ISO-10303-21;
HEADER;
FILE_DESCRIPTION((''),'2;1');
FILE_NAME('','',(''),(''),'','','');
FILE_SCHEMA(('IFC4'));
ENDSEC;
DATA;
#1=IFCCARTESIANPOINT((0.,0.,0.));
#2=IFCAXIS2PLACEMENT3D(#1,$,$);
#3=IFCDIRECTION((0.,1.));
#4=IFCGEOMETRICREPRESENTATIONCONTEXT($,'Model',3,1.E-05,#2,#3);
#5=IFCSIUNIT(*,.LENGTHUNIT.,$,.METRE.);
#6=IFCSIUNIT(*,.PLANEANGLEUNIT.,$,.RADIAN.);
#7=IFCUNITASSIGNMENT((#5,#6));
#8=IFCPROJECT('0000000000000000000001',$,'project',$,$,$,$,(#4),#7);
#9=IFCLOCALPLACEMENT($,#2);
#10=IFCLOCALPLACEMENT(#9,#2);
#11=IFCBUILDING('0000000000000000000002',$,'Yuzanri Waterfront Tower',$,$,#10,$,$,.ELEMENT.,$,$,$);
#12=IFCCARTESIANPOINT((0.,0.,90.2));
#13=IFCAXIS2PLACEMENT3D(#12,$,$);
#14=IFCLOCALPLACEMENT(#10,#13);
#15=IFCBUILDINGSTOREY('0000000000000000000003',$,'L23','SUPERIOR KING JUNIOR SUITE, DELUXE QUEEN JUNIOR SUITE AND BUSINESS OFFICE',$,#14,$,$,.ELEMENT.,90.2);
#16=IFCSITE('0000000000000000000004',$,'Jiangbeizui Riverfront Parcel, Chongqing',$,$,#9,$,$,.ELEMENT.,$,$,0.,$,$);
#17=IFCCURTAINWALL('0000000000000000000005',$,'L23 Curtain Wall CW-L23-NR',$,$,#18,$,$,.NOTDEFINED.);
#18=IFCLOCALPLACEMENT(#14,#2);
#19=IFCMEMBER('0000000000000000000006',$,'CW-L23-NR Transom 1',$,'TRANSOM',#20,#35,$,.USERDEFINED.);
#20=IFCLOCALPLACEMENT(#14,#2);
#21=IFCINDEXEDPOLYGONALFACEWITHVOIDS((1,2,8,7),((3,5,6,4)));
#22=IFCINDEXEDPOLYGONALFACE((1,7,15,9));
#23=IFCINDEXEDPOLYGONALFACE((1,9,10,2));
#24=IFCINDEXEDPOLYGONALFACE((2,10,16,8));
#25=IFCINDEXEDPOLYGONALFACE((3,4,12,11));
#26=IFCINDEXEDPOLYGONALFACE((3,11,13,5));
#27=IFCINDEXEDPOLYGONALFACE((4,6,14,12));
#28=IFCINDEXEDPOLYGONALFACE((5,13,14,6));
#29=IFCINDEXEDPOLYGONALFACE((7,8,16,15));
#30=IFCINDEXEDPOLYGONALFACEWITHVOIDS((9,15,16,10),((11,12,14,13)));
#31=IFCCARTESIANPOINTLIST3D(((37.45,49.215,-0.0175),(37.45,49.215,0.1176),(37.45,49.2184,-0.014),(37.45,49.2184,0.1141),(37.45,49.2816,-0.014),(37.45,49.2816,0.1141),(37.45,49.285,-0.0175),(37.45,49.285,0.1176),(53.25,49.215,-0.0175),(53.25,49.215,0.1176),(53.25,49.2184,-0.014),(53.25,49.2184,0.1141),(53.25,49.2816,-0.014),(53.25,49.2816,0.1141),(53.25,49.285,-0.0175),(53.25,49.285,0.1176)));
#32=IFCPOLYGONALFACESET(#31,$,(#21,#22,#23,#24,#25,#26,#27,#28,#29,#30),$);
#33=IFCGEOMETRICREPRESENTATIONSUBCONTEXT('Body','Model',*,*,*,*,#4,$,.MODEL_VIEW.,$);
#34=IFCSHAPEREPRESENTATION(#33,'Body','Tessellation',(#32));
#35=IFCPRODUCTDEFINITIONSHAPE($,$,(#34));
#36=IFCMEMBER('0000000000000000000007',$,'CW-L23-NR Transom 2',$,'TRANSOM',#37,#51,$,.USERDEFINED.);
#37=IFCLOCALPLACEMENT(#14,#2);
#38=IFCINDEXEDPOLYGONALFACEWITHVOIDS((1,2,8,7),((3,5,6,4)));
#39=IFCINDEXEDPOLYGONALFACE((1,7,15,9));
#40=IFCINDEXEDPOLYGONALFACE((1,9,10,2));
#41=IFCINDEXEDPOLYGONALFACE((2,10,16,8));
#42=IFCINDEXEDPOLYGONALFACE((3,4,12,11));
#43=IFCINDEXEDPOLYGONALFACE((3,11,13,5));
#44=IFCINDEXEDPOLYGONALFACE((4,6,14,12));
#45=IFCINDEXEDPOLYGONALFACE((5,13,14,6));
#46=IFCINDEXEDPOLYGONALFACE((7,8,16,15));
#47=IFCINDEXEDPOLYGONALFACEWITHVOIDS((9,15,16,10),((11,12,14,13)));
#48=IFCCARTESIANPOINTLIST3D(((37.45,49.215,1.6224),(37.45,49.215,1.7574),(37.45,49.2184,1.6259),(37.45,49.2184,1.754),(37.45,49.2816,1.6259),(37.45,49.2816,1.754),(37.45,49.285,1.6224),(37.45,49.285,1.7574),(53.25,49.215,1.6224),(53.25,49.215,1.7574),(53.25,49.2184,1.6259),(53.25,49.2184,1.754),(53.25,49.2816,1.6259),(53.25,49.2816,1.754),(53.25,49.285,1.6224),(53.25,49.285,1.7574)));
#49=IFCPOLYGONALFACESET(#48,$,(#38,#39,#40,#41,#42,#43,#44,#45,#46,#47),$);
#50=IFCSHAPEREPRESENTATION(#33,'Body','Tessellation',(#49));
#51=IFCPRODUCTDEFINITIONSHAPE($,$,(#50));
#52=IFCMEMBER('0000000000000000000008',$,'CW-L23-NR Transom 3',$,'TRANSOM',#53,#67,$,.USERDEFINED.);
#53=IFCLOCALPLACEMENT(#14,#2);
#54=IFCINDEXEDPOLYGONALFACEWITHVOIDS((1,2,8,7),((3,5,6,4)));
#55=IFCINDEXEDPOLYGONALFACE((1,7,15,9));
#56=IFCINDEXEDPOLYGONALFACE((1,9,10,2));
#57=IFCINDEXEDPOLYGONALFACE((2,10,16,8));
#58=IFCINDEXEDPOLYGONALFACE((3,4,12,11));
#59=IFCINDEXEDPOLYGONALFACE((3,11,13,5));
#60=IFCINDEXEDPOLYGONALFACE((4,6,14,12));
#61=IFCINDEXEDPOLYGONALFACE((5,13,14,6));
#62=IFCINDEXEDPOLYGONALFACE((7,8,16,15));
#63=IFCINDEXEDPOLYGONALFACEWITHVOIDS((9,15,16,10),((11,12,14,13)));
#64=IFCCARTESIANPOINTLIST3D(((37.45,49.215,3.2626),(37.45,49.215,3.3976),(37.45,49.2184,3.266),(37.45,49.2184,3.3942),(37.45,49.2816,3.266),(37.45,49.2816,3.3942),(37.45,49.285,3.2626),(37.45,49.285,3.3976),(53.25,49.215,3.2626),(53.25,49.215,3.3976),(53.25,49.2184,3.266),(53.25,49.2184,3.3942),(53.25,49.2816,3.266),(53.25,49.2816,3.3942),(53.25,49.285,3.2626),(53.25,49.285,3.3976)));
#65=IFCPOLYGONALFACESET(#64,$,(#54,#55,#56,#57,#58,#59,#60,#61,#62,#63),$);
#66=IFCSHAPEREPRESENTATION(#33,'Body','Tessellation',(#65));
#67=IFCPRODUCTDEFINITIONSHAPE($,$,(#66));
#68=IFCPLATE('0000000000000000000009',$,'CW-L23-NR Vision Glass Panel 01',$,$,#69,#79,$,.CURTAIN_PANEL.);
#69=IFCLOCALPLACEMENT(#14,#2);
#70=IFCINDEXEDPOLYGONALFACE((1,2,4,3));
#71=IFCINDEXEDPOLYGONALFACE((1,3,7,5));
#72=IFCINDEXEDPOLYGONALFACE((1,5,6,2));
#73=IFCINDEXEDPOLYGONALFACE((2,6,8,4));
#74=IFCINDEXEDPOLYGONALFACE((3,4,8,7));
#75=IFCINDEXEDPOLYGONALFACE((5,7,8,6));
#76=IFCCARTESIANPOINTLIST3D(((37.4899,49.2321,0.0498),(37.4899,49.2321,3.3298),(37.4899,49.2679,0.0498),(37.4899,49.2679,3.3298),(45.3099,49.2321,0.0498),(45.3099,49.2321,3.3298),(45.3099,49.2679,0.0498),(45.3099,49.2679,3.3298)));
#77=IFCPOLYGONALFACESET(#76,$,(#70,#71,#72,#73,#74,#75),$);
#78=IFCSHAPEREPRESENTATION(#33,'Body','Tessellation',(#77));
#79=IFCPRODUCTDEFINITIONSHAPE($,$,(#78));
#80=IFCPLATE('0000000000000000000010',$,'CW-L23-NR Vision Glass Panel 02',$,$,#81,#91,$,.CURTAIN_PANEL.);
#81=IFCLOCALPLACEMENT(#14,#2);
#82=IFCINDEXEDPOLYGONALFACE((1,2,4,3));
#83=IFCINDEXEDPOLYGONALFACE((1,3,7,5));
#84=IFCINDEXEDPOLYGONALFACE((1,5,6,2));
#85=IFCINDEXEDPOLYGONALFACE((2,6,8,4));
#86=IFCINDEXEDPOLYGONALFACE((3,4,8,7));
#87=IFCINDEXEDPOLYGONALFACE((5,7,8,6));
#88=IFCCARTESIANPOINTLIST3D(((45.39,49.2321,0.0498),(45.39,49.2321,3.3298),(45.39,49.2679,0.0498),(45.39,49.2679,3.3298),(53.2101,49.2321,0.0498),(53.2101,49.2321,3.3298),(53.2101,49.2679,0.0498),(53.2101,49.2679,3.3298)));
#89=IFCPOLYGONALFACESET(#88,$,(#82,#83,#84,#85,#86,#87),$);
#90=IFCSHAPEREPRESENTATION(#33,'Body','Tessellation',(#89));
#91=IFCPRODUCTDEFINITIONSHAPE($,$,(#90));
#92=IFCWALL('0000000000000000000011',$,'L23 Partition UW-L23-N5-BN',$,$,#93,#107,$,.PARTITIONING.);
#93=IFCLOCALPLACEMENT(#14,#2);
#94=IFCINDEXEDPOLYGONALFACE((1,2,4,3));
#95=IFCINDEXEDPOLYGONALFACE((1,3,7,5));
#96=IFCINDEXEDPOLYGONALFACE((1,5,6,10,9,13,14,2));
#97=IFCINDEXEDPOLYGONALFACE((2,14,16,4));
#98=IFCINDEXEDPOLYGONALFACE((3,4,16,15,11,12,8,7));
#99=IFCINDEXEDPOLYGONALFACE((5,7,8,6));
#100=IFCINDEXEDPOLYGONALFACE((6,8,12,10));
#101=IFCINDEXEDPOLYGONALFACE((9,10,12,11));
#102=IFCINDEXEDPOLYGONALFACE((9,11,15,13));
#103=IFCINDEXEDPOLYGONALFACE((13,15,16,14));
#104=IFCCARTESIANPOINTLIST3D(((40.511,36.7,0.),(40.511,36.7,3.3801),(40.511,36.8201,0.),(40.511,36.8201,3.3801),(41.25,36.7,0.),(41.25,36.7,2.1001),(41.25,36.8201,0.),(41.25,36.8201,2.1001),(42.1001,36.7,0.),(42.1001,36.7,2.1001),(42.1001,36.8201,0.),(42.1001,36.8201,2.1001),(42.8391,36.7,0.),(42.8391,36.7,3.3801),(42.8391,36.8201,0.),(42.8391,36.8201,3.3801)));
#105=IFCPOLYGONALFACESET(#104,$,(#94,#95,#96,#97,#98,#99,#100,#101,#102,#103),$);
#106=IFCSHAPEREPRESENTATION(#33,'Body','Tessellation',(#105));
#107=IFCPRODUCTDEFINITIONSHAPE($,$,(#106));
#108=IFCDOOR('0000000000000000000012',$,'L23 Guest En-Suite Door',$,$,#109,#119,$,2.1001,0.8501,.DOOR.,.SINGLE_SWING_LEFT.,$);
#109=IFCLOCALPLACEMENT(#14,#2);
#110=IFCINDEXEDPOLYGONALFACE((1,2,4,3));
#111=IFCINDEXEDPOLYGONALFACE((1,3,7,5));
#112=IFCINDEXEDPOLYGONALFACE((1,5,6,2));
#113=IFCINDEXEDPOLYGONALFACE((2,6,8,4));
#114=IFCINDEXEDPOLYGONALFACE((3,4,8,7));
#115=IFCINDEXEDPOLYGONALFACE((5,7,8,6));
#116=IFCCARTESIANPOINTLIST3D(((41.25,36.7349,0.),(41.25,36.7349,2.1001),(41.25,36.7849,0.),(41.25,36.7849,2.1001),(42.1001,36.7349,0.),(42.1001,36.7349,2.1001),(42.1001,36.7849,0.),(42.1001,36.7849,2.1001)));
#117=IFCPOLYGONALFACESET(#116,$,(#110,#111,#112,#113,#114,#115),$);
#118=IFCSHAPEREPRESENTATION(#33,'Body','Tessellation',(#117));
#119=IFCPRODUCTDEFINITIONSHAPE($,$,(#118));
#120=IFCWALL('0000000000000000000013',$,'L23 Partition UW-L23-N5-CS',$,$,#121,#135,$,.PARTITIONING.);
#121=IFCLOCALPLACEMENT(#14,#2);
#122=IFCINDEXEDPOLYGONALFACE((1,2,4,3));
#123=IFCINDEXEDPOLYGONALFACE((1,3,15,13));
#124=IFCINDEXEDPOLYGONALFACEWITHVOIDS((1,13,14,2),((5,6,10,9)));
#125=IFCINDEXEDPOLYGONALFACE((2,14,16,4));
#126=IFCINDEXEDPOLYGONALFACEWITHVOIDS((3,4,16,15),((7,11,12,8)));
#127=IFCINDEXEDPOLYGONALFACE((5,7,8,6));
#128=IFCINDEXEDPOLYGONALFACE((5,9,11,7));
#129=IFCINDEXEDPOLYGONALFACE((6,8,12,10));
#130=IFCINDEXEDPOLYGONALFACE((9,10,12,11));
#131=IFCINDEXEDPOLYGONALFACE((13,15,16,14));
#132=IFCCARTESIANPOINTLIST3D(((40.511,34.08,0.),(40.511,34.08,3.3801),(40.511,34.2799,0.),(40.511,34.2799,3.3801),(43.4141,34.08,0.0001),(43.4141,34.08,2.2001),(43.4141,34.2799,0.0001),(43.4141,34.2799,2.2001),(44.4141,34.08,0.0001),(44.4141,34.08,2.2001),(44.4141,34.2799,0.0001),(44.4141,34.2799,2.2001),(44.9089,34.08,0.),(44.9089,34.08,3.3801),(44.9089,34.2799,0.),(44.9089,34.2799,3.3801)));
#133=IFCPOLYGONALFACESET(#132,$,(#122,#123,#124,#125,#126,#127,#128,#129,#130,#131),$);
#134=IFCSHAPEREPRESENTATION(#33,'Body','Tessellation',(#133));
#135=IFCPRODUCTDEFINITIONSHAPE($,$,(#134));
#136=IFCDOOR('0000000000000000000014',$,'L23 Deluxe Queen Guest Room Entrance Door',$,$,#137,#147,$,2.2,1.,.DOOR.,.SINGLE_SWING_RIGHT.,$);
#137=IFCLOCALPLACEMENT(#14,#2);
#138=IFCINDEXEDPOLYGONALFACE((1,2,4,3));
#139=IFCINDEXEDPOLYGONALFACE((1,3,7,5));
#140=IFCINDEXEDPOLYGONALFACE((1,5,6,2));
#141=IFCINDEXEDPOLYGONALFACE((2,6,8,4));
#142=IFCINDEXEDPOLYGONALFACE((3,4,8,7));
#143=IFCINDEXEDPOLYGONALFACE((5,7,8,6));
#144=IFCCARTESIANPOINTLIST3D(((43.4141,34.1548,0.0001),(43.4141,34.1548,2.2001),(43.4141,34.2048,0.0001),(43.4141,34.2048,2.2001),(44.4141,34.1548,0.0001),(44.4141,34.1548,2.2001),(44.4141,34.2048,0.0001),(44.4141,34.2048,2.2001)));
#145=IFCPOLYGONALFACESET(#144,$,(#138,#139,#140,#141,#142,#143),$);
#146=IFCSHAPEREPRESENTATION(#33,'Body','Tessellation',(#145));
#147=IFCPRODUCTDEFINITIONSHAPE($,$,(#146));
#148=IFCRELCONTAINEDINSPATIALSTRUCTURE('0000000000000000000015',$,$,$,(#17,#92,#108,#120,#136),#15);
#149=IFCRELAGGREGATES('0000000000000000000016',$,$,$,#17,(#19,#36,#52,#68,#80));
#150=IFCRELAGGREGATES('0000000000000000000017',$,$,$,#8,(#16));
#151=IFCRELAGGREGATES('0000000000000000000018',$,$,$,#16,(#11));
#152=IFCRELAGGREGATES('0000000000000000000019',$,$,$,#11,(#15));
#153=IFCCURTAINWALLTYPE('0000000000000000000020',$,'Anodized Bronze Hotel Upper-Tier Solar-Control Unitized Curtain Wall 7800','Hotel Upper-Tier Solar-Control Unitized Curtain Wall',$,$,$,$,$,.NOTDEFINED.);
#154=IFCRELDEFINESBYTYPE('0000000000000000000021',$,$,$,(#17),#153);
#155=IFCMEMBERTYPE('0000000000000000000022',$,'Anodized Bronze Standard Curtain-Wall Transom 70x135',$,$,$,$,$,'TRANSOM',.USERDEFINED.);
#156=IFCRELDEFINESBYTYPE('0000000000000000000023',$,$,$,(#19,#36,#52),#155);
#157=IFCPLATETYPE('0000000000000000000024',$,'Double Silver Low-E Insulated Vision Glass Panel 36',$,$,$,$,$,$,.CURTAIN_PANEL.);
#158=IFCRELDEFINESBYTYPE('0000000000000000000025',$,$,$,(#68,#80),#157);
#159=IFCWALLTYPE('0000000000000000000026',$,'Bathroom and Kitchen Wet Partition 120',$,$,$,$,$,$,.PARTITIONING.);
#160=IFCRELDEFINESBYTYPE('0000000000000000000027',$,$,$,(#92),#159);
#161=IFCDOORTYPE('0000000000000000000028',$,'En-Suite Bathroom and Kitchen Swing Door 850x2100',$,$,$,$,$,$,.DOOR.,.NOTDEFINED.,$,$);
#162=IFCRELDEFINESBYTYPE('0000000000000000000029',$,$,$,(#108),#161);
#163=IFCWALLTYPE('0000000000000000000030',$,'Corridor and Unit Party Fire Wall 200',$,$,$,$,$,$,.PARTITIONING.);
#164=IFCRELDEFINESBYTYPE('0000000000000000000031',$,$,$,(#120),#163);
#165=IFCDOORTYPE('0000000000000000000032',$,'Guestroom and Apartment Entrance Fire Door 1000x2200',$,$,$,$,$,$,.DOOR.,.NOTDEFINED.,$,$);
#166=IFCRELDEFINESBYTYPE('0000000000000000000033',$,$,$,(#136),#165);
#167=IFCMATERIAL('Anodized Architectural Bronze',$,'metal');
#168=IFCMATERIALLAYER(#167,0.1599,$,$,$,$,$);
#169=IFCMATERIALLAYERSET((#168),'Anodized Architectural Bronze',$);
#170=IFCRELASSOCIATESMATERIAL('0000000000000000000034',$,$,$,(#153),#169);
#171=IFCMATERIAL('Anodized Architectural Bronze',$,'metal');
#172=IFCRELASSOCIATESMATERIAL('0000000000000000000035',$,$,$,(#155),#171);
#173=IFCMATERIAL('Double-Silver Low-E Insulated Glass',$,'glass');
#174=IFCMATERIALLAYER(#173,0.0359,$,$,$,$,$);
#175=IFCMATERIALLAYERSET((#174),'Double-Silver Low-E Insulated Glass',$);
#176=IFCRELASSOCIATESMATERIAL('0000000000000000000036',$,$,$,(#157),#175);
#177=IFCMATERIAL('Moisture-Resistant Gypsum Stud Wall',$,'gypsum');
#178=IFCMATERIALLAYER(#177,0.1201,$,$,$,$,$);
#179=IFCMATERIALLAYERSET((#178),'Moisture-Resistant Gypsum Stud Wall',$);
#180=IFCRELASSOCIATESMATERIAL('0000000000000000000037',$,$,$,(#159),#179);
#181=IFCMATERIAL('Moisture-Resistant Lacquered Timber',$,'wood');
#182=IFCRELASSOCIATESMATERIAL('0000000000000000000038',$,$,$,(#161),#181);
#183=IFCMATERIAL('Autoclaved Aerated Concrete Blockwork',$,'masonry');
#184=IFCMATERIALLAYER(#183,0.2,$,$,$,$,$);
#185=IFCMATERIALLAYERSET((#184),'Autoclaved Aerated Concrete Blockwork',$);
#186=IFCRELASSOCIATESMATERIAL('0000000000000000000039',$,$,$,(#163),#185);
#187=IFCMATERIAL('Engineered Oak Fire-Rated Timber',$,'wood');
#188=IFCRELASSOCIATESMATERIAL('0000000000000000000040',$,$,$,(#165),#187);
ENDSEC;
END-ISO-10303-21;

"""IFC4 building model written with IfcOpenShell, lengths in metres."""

from ifc_helpers import new_model, si_unit, direction, frame, frame_2d, origin, origin_2d, place, context, subcontext, project, spatial, rectangle, hollow_rectangle, extrude, source, transform, mapped, material, layer, layer_set, material_profile, profile_set, type_object, element, fill, aggregate, save


model = new_model("IFC4")

# Units and contexts
model_context = context("Model", 3, precision=1e-05, world=origin(), true_north=direction((0.0, 1.0)))
body_context = subcontext(model_context, "Body", "Model", "MODEL_VIEW")
ifc_project = project(units=[si_unit("LENGTHUNIT", "METRE"), si_unit("PLANEANGLEUNIT", "RADIAN")], contexts=[model_context])

# Site, building, storey
site_placement = place(None, origin())
site = spatial("IfcSite", under=ifc_project, at=site_placement, Name="Jiangbeizui Riverfront Parcel, Chongqing", CompositionType="ELEMENT", RefElevation=0.0)
building_placement = place(site_placement, origin())
building = spatial("IfcBuilding", under=site, at=building_placement, Name="Yuzanri Waterfront Tower", CompositionType="ELEMENT")
storey_placement = place(building_placement, frame((0.0, 0.0, 90.2)))
storey = spatial("IfcBuildingStorey", under=building, at=storey_placement, Name="L23", Description="SUPERIOR KING JUNIOR SUITE, DELUXE QUEEN JUNIOR SUITE AND BUSINESS OFFICE", CompositionType="ELEMENT", Elevation=90.2)

# Shared definitions
ifc_material_1 = material(Name="Anodized Architectural Bronze", Category="metal")
ifc_layer_1 = layer(ifc_material_1, 0.1599)
ifc_layer_set_1 = layer_set([ifc_layer_1], Name="Anodized Architectural Bronze")
curtain_wall_type = type_object("IfcCurtainWallType", Name="Anodized Bronze Hotel Upper-Tier Solar-Control Unitized Curtain Wall 7800", Description="Hotel Upper-Tier Solar-Control Unitized Curtain Wall", PredefinedType="NOTDEFINED", material=ifc_layer_set_1)

# Curtain wall, members, plates
curtain_wall_1_placement = place(storey_placement, origin())
curtain_wall_1 = element("IfcCurtainWall", 1, at=curtain_wall_1_placement, inside=storey, type_object=curtain_wall_type, Name="L23 Curtain Wall CW-L23-NR", PredefinedType="NOTDEFINED")
ifc_material_2 = material(Name="Anodized Architectural Bronze", Category="metal")
ifc_material_profile_1 = material_profile(ifc_material_2, hollow_rectangle(XDim=0.0701, YDim=0.135, WallThickness=0.0034, at=origin_2d()), Name="CWT 70x135")
ifc_profile_set_1 = profile_set([ifc_material_profile_1], Name="Anodized Architectural Bronze")
member_type_1 = type_object("IfcMemberType", Name="Anodized Bronze Standard Curtain-Wall Transom 70x135", ElementType="TRANSOM", PredefinedType="USERDEFINED", material=ifc_profile_set_1)
shared_shape_1 = source(origin(), body_context, "Body", "SweptSolid", [
    extrude(hollow_rectangle(XDim=0.0701, YDim=0.135, WallThickness=0.0034, at=origin_2d()), origin(), (0.0, 0.0, 1.0), 15.8),
])
member_1_placement = place(storey_placement, frame((37.45, 49.25, 0.05), z_axis=(1.0, 0.0, 0.0), x_axis=(0.0, 1.0, 0.0)))
member_1 = element("IfcMember", 2, at=member_1_placement, type_object=member_type_1, Name="CW-L23-NR Transom 1", ObjectType="TRANSOM", PredefinedType="USERDEFINED", context=body_context, shape_type="MappedRepresentation", body=[
    mapped(shared_shape_1, transform((0.0, 0.0, 0.0), scale=1.0)),
])
member_2_placement = place(storey_placement, frame((37.45, 49.25, 1.6899), z_axis=(1.0, 0.0, 0.0), x_axis=(0.0, 1.0, 0.0)))
member_2 = element("IfcMember", 3, at=member_2_placement, type_object=member_type_1, Name="CW-L23-NR Transom 2", ObjectType="TRANSOM", PredefinedType="USERDEFINED", context=body_context, shape_type="MappedRepresentation", body=[
    mapped(shared_shape_1, transform((0.0, 0.0, 0.0), scale=1.0)),
])
member_3_placement = place(storey_placement, frame((37.45, 49.25, 3.3301), z_axis=(1.0, 0.0, 0.0), x_axis=(0.0, 1.0, 0.0)))
member_3 = element("IfcMember", 4, at=member_3_placement, type_object=member_type_1, Name="CW-L23-NR Transom 3", ObjectType="TRANSOM", PredefinedType="USERDEFINED", context=body_context, shape_type="MappedRepresentation", body=[
    mapped(shared_shape_1, transform((0.0, 0.0, 0.0), scale=1.0)),
])
ifc_material_3 = material(Name="Double-Silver Low-E Insulated Glass", Category="glass")
ifc_layer_2 = layer(ifc_material_3, 0.0359)
ifc_layer_set_2 = layer_set([ifc_layer_2], Name="Double-Silver Low-E Insulated Glass")
plate_type = type_object("IfcPlateType", Name="Double Silver Low-E Insulated Vision Glass Panel 36", PredefinedType="CURTAIN_PANEL", material=ifc_layer_set_2)
shared_shape_2 = source(origin(), body_context, "Body", "SweptSolid", [
    extrude(rectangle(XDim=7.8201, YDim=0.0359, at=origin_2d()), origin(), (0.0, 0.0, 1.0), 3.28),
])
plate_1_placement = place(storey_placement, frame((41.3999, 49.25, 0.0498), z_axis=(0.0, 0.0, 1.0), x_axis=(1.0, 0.0, 0.0)))
plate_1 = element("IfcPlate", 5, at=plate_1_placement, type_object=plate_type, Name="CW-L23-NR Vision Glass Panel 01", PredefinedType="CURTAIN_PANEL", context=body_context, shape_type="MappedRepresentation", body=[
    mapped(shared_shape_2, transform((0.0, 0.0, 0.0), scale=1.0)),
])
plate_2_placement = place(storey_placement, frame((49.3, 49.25, 0.0498), z_axis=(0.0, 0.0, 1.0), x_axis=(1.0, 0.0, 0.0)))
plate_2 = element("IfcPlate", 6, at=plate_2_placement, type_object=plate_type, Name="CW-L23-NR Vision Glass Panel 02", PredefinedType="CURTAIN_PANEL", context=body_context, shape_type="MappedRepresentation", body=[
    mapped(shared_shape_2, transform((0.0, 0.0, 0.0), scale=1.0)),
])
aggregate(curtain_wall_1, [member_1, member_2, member_3, plate_1, plate_2])

# Walls, openings, doors
ifc_material_4 = material(Name="Moisture-Resistant Gypsum Stud Wall", Category="gypsum")
ifc_layer_3 = layer(ifc_material_4, 0.1201)
ifc_layer_set_3 = layer_set([ifc_layer_3], Name="Moisture-Resistant Gypsum Stud Wall")
wall_type_1 = type_object("IfcWallType", Name="Bathroom and Kitchen Wet Partition 120", PredefinedType="PARTITIONING", material=ifc_layer_set_3)
wall_1_placement = place(storey_placement, frame((40.511, 36.76, 0.0), z_axis=(0.0, 0.0, 1.0), x_axis=(1.0, 0.0, 0.0)))
wall_1 = element("IfcWall", 7, at=wall_1_placement, inside=storey, type_object=wall_type_1, Name="L23 Partition UW-L23-N5-BN", PredefinedType="PARTITIONING", context=body_context, shape_type="SweptSolid", body=[
    extrude(rectangle(XDim=2.3281, YDim=0.1201, at=frame_2d((1.1641, 0.0))), origin(), (0.0, 0.0, 1.0), 3.3801),
])
opening_1_placement = place(wall_1_placement, frame((0.739, 0.0, 0.0)))
opening_1 = element("IfcOpeningElement", 8, at=opening_1_placement, cuts=wall_1, PredefinedType="OPENING", context=body_context, shape_type="SweptSolid", body=[
    extrude(rectangle(XDim=0.8501, YDim=2.1001, at=frame_2d((0.425, 1.05))), frame((0.0, 0.075, 0.0), z_axis=(0.0, -1.0, 0.0), x_axis=(1.0, 0.0, 0.0)), (0.0, 0.0, 1.0), 0.1499),
])
ifc_material_5 = material(Name="Moisture-Resistant Lacquered Timber", Category="wood")
door_type_1 = type_object("IfcDoorType", Name="En-Suite Bathroom and Kitchen Swing Door 850x2100", OperationType="NOTDEFINED", PredefinedType="DOOR", material=ifc_material_5)
shared_shape_3 = source(origin(), body_context, "Body", "SweptSolid", [
    extrude(rectangle(XDim=0.8501, YDim=2.1001, at=frame_2d((0.425, 1.05))), frame((0.0, 0.0249, 0.0), z_axis=(0.0, -1.0, 0.0), x_axis=(1.0, 0.0, 0.0)), (0.0, 0.0, 1.0), 0.05),
])
door_1_placement = place(opening_1_placement, origin())
door_1 = element("IfcDoor", 9, at=door_1_placement, inside=storey, type_object=door_type_1, Name="L23 Guest En-Suite Door", OperationType="SINGLE_SWING_LEFT", OverallHeight=2.1001, OverallWidth=0.8501, PredefinedType="DOOR", context=body_context, shape_type="MappedRepresentation", body=[
    mapped(shared_shape_3, transform((0.0, 0.0, 0.0), scale=1.0)),
])
fill(opening_1, door_1)
ifc_material_6 = material(Name="Autoclaved Aerated Concrete Blockwork", Category="masonry")
ifc_layer_4 = layer(ifc_material_6, 0.2)
ifc_layer_set_4 = layer_set([ifc_layer_4], Name="Autoclaved Aerated Concrete Blockwork")
wall_type_2 = type_object("IfcWallType", Name="Corridor and Unit Party Fire Wall 200", PredefinedType="PARTITIONING", material=ifc_layer_set_4)
wall_2_placement = place(storey_placement, frame((40.511, 34.1799, 0.0), z_axis=(0.0, 0.0, 1.0), x_axis=(1.0, 0.0, 0.0)))
wall_2 = element("IfcWall", 10, at=wall_2_placement, inside=storey, type_object=wall_type_2, Name="L23 Partition UW-L23-N5-CS", PredefinedType="PARTITIONING", context=body_context, shape_type="SweptSolid", body=[
    extrude(rectangle(XDim=4.3979, YDim=0.2, at=frame_2d((2.199, 0.0))), origin(), (0.0, 0.0, 1.0), 3.3801),
])
opening_2_placement = place(wall_2_placement, frame((2.9031, 0.0, 0.0)))
opening_2 = element("IfcOpeningElement", 11, at=opening_2_placement, cuts=wall_2, PredefinedType="OPENING", context=body_context, shape_type="SweptSolid", body=[
    extrude(rectangle(XDim=1.0, YDim=2.2, at=frame_2d((0.5, 1.1001))), frame((0.0, 0.1147, 0.0), z_axis=(0.0, -1.0, 0.0), x_axis=(1.0, 0.0, 0.0)), (0.0, 0.0, 1.0), 0.2297),
])
ifc_material_7 = material(Name="Engineered Oak Fire-Rated Timber", Category="wood")
door_type_2 = type_object("IfcDoorType", Name="Guestroom and Apartment Entrance Fire Door 1000x2200", OperationType="NOTDEFINED", PredefinedType="DOOR", material=ifc_material_7)
shared_shape_4 = source(origin(), body_context, "Body", "SweptSolid", [
    extrude(rectangle(XDim=1.0, YDim=2.2, at=frame_2d((0.5, 1.1001))), frame((0.0, 0.0249, 0.0), z_axis=(0.0, -1.0, 0.0), x_axis=(1.0, 0.0, 0.0)), (0.0, 0.0, 1.0), 0.05),
])
door_2_placement = place(opening_2_placement, origin())
door_2 = element("IfcDoor", 12, at=door_2_placement, inside=storey, type_object=door_type_2, Name="L23 Deluxe Queen Guest Room Entrance Door", OperationType="SINGLE_SWING_RIGHT", OverallHeight=2.2, OverallWidth=1.0, PredefinedType="DOOR", context=body_context, shape_type="MappedRepresentation", body=[
    mapped(shared_shape_4, transform((0.0, 0.0, 0.0), scale=1.0)),
])
fill(opening_2, door_2)

save(model, "model.ifc")
